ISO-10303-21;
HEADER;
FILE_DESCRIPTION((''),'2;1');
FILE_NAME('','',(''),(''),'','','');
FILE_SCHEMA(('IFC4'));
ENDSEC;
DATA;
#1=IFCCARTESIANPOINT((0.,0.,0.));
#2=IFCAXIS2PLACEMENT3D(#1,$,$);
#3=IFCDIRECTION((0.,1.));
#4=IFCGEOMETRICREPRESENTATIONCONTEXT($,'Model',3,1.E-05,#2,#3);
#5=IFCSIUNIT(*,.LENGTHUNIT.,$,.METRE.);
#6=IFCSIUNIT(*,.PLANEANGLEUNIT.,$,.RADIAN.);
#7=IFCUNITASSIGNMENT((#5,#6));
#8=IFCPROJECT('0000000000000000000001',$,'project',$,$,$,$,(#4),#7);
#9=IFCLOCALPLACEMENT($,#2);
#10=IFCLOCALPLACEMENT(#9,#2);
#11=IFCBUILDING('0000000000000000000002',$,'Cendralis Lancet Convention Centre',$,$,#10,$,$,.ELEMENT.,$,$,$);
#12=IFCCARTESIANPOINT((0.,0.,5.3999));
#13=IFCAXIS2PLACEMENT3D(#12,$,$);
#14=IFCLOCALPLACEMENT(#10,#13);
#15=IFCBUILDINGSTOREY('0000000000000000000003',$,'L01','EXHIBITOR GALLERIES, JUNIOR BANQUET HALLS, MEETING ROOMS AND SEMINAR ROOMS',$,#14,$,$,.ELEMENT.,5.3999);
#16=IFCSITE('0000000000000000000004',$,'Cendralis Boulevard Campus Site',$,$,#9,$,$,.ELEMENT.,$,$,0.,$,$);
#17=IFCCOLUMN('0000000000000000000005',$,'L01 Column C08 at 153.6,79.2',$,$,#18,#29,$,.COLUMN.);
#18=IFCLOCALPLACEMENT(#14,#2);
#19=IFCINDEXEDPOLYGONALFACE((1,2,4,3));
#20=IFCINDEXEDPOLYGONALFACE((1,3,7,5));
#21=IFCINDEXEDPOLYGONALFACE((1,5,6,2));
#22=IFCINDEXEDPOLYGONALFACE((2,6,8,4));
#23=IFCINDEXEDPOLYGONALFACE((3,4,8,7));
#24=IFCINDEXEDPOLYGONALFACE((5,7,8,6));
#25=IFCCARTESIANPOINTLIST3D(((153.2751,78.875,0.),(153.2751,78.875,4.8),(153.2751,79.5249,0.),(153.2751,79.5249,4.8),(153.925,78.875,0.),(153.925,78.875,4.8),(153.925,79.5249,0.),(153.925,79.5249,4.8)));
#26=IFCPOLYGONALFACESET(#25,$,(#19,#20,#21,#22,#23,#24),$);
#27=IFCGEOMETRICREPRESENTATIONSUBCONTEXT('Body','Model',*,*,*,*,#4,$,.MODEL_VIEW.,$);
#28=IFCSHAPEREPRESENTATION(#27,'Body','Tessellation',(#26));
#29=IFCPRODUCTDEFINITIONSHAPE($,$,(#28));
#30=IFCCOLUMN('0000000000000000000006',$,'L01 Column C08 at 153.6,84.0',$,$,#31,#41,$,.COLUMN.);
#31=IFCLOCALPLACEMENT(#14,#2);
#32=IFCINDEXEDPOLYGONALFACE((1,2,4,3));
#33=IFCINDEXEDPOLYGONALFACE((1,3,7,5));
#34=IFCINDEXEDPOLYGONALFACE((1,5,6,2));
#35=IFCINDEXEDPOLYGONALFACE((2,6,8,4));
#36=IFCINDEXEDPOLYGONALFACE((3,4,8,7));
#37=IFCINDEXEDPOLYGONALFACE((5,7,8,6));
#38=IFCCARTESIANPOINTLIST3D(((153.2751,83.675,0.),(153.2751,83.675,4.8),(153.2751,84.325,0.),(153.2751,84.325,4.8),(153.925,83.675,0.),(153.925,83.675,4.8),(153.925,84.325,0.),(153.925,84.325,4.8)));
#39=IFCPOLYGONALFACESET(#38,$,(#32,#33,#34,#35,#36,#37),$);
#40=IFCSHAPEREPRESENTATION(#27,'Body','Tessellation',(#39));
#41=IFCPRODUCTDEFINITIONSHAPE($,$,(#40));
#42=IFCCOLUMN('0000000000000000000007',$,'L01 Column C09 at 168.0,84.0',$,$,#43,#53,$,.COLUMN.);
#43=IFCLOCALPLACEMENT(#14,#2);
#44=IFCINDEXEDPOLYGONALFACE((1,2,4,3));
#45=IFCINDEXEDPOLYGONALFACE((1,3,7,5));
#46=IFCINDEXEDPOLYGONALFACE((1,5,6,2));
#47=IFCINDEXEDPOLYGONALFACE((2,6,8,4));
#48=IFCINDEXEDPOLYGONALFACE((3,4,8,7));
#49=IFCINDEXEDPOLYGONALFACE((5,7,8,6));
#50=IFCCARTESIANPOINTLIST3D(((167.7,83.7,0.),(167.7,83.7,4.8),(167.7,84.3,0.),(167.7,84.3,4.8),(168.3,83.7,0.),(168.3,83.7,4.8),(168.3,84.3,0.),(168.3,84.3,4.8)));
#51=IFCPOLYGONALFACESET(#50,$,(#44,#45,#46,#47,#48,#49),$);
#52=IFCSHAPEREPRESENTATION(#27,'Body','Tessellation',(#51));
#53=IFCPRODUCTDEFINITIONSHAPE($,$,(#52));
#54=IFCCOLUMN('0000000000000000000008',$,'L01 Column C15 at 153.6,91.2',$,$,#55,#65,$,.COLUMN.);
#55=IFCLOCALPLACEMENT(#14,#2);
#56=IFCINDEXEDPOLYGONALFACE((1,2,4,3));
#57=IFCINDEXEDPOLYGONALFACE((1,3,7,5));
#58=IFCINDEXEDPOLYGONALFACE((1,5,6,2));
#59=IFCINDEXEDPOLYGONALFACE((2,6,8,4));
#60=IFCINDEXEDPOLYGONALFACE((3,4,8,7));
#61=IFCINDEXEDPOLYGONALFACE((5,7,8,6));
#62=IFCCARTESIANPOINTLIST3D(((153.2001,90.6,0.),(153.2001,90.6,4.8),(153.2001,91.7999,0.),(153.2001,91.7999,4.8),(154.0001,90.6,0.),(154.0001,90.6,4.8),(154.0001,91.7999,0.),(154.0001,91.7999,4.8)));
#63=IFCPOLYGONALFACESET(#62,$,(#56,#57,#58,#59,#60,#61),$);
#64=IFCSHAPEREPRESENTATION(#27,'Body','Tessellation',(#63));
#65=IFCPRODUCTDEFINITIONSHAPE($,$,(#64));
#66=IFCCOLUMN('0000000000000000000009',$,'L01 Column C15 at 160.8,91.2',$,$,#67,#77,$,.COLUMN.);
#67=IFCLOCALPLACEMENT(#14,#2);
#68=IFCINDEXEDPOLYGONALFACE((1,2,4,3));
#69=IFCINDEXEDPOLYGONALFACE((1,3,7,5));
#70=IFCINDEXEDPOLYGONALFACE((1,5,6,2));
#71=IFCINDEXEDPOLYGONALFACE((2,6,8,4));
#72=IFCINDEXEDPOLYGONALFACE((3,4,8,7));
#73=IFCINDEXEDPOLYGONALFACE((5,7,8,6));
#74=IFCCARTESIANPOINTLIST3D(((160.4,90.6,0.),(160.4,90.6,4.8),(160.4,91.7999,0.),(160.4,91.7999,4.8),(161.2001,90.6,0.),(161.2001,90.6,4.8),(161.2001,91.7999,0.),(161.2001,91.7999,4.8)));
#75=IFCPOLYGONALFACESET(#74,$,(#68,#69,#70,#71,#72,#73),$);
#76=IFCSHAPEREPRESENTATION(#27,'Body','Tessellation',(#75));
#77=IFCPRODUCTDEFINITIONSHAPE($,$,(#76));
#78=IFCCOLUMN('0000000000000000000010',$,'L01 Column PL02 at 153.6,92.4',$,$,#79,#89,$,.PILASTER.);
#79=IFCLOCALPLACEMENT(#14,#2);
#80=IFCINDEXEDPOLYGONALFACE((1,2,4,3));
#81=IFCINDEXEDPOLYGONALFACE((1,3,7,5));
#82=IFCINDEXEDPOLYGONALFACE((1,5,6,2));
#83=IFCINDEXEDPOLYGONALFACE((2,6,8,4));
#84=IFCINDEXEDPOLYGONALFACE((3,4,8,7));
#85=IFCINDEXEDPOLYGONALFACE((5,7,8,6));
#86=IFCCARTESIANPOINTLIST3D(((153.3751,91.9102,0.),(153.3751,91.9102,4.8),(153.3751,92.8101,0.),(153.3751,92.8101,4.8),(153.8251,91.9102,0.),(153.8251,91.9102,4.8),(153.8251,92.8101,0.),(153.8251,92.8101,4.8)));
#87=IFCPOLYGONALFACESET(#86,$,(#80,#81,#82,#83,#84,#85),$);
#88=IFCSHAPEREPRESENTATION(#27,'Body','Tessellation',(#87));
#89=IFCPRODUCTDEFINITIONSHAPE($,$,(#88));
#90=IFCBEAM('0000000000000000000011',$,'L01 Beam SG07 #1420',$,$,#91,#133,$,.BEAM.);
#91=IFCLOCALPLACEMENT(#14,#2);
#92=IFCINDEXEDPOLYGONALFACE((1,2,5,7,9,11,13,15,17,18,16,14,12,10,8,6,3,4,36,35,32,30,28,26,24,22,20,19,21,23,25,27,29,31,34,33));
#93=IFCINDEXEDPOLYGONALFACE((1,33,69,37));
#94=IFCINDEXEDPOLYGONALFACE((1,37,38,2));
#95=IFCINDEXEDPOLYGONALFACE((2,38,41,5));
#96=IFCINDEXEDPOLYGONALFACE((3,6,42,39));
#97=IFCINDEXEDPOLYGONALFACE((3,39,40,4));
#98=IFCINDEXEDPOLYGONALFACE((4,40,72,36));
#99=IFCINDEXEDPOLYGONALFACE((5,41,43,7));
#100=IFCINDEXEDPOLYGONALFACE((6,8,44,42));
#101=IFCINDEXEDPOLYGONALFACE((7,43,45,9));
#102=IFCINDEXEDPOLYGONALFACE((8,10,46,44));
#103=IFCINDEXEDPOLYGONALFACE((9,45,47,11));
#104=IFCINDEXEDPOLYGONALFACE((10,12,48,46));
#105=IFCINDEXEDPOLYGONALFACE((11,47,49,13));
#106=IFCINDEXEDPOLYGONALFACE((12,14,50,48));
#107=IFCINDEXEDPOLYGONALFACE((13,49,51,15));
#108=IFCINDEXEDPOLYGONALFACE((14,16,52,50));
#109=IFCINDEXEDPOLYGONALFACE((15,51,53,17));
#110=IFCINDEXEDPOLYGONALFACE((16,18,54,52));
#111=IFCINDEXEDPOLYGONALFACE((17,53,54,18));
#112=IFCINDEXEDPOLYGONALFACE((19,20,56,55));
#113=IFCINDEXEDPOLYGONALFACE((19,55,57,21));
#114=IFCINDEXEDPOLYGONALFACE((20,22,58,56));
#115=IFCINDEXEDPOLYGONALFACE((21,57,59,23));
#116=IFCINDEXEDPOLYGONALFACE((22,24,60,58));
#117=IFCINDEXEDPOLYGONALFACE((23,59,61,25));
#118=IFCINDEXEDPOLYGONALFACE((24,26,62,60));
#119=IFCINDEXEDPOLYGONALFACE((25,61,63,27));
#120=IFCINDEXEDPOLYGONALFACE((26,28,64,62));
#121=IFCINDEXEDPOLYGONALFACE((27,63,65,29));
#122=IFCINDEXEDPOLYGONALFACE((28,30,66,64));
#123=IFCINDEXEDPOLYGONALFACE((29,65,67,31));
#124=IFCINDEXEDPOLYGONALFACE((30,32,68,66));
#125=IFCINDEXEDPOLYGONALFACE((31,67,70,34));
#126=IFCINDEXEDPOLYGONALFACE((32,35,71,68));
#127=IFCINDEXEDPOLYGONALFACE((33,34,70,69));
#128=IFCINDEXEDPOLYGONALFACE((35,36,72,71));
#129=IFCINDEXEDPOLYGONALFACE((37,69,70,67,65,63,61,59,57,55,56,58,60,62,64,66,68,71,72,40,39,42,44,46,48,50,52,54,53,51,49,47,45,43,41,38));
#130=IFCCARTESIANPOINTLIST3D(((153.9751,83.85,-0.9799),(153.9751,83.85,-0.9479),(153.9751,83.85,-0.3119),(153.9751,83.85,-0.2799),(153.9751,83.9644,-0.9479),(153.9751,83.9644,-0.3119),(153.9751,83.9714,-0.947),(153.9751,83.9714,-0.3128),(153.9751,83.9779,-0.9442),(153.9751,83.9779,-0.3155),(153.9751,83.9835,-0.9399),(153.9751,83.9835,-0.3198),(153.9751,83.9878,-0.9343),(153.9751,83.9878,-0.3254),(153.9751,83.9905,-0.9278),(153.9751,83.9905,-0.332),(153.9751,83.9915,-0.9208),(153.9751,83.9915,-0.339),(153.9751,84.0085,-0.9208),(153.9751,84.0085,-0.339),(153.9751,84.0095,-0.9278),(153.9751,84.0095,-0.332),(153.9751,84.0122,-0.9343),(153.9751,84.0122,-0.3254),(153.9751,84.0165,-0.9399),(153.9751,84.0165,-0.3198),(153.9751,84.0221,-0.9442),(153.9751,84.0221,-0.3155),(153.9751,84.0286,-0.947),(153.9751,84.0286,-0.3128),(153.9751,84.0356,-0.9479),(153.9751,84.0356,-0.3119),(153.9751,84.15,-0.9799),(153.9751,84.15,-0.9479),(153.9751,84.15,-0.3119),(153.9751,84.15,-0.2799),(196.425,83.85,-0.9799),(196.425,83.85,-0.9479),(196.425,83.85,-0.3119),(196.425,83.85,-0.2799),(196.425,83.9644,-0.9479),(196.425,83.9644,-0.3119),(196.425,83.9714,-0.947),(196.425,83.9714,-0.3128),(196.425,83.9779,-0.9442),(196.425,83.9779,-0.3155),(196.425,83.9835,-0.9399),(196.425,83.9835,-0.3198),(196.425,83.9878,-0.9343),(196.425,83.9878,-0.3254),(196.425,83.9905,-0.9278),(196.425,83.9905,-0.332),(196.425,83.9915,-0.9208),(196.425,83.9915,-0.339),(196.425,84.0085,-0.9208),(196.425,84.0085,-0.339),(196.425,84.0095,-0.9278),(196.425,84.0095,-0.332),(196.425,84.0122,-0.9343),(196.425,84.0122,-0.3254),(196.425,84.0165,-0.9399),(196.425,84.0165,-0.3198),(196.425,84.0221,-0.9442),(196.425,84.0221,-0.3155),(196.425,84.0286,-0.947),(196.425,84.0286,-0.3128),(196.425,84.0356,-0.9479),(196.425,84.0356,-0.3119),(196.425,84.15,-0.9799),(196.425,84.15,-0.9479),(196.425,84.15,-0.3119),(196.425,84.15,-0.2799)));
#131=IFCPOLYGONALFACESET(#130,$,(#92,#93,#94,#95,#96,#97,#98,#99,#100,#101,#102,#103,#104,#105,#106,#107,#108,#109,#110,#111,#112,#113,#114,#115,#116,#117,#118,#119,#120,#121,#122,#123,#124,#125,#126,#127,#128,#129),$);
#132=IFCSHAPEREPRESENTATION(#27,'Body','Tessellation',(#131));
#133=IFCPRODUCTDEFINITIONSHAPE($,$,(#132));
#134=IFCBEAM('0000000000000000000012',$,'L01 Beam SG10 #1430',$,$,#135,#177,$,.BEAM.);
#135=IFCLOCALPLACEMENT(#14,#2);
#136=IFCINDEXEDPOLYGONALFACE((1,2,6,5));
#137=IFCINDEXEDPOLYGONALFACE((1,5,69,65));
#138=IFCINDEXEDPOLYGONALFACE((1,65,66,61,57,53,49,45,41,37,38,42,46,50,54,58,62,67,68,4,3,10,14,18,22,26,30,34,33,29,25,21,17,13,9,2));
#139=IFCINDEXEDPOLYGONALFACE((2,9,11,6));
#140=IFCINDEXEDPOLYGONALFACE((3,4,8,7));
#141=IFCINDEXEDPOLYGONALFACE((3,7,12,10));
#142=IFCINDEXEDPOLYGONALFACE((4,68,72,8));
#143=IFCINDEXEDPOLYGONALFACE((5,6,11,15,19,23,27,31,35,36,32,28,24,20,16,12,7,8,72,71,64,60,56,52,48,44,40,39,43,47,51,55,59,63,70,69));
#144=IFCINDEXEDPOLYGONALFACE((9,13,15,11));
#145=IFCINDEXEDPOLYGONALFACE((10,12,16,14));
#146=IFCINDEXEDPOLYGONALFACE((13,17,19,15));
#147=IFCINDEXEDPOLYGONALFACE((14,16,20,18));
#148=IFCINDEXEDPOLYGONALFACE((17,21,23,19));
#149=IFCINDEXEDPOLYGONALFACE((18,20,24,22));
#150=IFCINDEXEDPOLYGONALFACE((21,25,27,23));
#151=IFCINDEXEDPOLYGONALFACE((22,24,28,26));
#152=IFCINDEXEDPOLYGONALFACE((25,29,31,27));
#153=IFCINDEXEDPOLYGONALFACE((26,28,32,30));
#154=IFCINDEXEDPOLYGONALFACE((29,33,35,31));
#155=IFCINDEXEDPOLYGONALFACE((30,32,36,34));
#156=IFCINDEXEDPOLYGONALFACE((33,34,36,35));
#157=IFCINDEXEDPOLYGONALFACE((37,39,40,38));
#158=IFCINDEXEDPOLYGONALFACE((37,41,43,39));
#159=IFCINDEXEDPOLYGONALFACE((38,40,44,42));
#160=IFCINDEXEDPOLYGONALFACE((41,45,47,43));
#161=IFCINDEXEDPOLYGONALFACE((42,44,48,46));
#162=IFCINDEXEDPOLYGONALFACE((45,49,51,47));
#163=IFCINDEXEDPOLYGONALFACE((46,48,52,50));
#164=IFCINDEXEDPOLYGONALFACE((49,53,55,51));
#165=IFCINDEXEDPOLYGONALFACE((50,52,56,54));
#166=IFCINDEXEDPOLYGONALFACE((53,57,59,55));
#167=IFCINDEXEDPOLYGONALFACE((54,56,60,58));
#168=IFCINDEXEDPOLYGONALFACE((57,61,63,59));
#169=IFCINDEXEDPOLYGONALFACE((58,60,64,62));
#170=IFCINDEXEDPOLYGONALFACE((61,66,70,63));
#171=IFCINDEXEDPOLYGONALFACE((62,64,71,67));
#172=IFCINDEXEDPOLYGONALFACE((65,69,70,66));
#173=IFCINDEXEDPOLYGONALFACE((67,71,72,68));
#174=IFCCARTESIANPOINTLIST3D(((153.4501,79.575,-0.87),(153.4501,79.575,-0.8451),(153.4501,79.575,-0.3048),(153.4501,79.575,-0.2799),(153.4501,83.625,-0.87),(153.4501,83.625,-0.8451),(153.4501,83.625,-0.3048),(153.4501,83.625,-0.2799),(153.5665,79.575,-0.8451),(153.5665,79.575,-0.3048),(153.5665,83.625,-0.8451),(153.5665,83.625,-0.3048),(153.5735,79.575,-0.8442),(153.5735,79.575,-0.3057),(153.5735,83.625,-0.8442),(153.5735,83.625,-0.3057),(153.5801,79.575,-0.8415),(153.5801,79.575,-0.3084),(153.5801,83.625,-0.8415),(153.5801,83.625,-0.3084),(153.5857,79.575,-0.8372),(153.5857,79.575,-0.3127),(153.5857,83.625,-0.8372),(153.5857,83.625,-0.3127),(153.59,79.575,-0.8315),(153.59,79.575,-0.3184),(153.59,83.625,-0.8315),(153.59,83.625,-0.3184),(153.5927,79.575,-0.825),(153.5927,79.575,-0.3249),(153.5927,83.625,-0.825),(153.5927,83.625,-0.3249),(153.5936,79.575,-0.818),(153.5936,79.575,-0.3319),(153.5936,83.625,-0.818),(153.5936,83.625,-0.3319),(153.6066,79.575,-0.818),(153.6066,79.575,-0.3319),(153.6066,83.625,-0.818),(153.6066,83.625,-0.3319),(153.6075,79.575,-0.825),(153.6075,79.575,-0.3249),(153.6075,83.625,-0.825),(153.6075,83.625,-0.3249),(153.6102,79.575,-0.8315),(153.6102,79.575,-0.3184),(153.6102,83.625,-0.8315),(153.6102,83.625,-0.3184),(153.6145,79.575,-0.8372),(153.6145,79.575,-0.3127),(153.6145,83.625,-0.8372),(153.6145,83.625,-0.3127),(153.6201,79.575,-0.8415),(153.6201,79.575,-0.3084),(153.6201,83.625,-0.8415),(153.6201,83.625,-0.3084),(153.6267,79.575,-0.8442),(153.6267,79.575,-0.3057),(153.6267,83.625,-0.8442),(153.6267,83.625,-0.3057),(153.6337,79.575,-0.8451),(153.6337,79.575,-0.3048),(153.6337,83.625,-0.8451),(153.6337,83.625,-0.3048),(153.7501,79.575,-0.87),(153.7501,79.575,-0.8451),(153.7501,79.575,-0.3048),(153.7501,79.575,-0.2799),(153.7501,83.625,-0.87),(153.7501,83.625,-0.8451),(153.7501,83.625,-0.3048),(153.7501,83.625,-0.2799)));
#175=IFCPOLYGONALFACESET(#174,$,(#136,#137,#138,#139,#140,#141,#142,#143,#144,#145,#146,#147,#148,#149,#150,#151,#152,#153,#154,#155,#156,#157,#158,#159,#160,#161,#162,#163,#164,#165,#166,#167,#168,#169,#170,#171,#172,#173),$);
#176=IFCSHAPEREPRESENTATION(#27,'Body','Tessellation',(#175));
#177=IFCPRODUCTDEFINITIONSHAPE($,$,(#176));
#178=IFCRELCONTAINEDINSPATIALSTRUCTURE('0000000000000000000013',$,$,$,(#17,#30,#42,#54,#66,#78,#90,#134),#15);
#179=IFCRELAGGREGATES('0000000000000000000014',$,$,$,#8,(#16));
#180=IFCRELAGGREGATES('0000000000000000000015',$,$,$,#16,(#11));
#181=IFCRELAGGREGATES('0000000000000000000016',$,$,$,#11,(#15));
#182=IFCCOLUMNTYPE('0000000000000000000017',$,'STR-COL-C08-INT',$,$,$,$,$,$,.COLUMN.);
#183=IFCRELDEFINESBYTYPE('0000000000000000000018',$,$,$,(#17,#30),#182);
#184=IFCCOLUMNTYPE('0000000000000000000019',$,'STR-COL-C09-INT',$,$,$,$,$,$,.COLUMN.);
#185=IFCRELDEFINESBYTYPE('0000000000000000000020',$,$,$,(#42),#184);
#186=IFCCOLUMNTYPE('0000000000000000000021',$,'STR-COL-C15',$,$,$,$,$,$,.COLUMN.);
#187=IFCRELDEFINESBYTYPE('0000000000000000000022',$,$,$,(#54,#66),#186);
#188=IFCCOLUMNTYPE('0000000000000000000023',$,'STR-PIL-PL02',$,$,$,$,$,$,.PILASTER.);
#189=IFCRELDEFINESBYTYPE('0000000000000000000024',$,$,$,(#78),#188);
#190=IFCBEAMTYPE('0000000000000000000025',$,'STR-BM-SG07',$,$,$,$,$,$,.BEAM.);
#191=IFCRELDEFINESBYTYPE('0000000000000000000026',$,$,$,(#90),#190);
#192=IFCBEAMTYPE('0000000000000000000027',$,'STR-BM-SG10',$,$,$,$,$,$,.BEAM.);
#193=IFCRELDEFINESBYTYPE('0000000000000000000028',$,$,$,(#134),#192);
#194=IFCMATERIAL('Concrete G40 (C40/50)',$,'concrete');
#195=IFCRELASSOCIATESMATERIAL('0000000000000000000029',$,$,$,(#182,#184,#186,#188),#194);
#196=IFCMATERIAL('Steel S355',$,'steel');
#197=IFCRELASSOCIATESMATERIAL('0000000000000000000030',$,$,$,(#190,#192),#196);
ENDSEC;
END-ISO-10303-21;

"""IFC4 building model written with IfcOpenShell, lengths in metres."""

from ifc_helpers import new_model, si_unit, direction, frame, origin, origin_2d, place, context, subcontext, project, spatial, rectangle, i_section, extrude, material, material_profile, profile_set, type_object, element, save


model = new_model("IFC4")

# Units and contexts
model_context = context("Model", 3, precision=1e-05, world=origin(), true_north=direction((0.0, 1.0)))
body_context = subcontext(model_context, "Body", "Model", "MODEL_VIEW")
ifc_project = project(units=[si_unit("LENGTHUNIT", "METRE"), si_unit("PLANEANGLEUNIT", "RADIAN")], contexts=[model_context])

# Site, building, storey
site_placement = place(None, origin())
site = spatial("IfcSite", under=ifc_project, at=site_placement, Name="Cendralis Boulevard Campus Site", CompositionType="ELEMENT", RefElevation=0.0)
building_placement = place(site_placement, origin())
building = spatial("IfcBuilding", under=site, at=building_placement, Name="Cendralis Lancet Convention Centre", CompositionType="ELEMENT")
storey_placement = place(building_placement, frame((0.0, 0.0, 5.3999)))
storey = spatial("IfcBuildingStorey", under=building, at=storey_placement, Name="L01", Description="EXHIBITOR GALLERIES, JUNIOR BANQUET HALLS, MEETING ROOMS AND SEMINAR ROOMS", CompositionType="ELEMENT", Elevation=5.3999)

# Columns
ifc_material_1 = material(Name="Concrete G40 (C40/50)", Category="concrete")
ifc_material_profile_1 = material_profile(ifc_material_1, rectangle(XDim=0.6499, YDim=0.6499, at=origin_2d()), Name="RC 650x650")
ifc_profile_set_1 = profile_set([ifc_material_profile_1], Name="Concrete G40 (C40/50)")
column_type_1 = type_object("IfcColumnType", Name="STR-COL-C08-INT", PredefinedType="COLUMN", material=ifc_profile_set_1)
for number, where, z_axis, x_axis, name in (
    (1, (153.6001, 79.2, 0.0), (0.0, 0.0, 1.0), (1.0, 0.0, 0.0), "L01 Column C08 at 153.6,79.2"),
    (2, (153.6001, 84.0, 0.0), (0.0, 0.0, 1.0), (1.0, 0.0, 0.0), "L01 Column C08 at 153.6,84.0"),
):
    element("IfcColumn", number, at=place(storey_placement, frame(where, z_axis=z_axis, x_axis=x_axis)), inside=storey, type_object=column_type_1, Name=name, PredefinedType="COLUMN", context=body_context, shape_type="SweptSolid", body=[
        extrude(rectangle(XDim=0.6499, YDim=0.6499, at=origin_2d()), origin(), (0.0, 0.0, 1.0), 4.8),
    ])
ifc_material_profile_2 = material_profile(ifc_material_1, rectangle(XDim=0.6001, YDim=0.6001, at=origin_2d()), Name="RC 600x600")
ifc_profile_set_2 = profile_set([ifc_material_profile_2], Name="Concrete G40 (C40/50)")
column_type_2 = type_object("IfcColumnType", Name="STR-COL-C09-INT", PredefinedType="COLUMN", material=ifc_profile_set_2)
column_1_placement = place(storey_placement, frame((168.0, 84.0, 0.0), z_axis=(0.0, 0.0, 1.0), x_axis=(1.0, 0.0, 0.0)))
element("IfcColumn", 3, at=column_1_placement, inside=storey, type_object=column_type_2, Name="L01 Column C09 at 168.0,84.0", PredefinedType="COLUMN", context=body_context, shape_type="SweptSolid", body=[
    extrude(rectangle(XDim=0.6001, YDim=0.6001, at=origin_2d()), origin(), (0.0, 0.0, 1.0), 4.8),
])
ifc_material_profile_3 = material_profile(ifc_material_1, rectangle(XDim=0.8, YDim=1.2, at=origin_2d()), Name="RC 800x1200")
ifc_profile_set_3 = profile_set([ifc_material_profile_3], Name="Concrete G40 (C40/50)")
column_type_3 = type_object("IfcColumnType", Name="STR-COL-C15", PredefinedType="COLUMN", material=ifc_profile_set_3)
for number, where, z_axis, x_axis, name in (
    (4, (153.6001, 91.2, 0.0), (0.0, 0.0, 1.0), (1.0, 0.0, 0.0), "L01 Column C15 at 153.6,91.2"),
    (5, (160.8, 91.2, 0.0), (0.0, 0.0, 1.0), (1.0, 0.0, 0.0), "L01 Column C15 at 160.8,91.2"),
):
    element("IfcColumn", number, at=place(storey_placement, frame(where, z_axis=z_axis, x_axis=x_axis)), inside=storey, type_object=column_type_3, Name=name, PredefinedType="COLUMN", context=body_context, shape_type="SweptSolid", body=[
        extrude(rectangle(XDim=0.8, YDim=1.2, at=origin_2d()), origin(), (0.0, 0.0, 1.0), 4.8),
    ])
ifc_material_profile_4 = material_profile(ifc_material_1, rectangle(XDim=0.45, YDim=0.8999, at=origin_2d()), Name="RC 450x900")
ifc_profile_set_4 = profile_set([ifc_material_profile_4], Name="Concrete G40 (C40/50)")
column_type_4 = type_object("IfcColumnType", Name="STR-PIL-PL02", PredefinedType="PILASTER", material=ifc_profile_set_4)
column_2_placement = place(storey_placement, frame((153.6001, 92.3601, 0.0), z_axis=(0.0, 0.0, 1.0), x_axis=(1.0, 0.0, 0.0)))
element("IfcColumn", 6, at=column_2_placement, inside=storey, type_object=column_type_4, Name="L01 Column PL02 at 153.6,92.4", PredefinedType="PILASTER", context=body_context, shape_type="SweptSolid", body=[
    extrude(rectangle(XDim=0.45, YDim=0.8999, at=origin_2d()), origin(), (0.0, 0.0, 1.0), 4.8),
])

# Beams
ifc_material_2 = material(Name="Steel S355", Category="steel")
ifc_material_profile_5 = material_profile(ifc_material_2, i_section(OverallWidth=0.3, OverallDepth=0.7, WebThickness=0.0171, FlangeThickness=0.032, FilletRadius=0.0271, at=origin_2d()), Name="HEB 700")
ifc_profile_set_5 = profile_set([ifc_material_profile_5], Name="Steel S355")
beam_type_1 = type_object("IfcBeamType", Name="STR-BM-SG07", PredefinedType="BEAM", material=ifc_profile_set_5)
beam_1_placement = place(storey_placement, frame((153.9751, 84.0, -0.6299), z_axis=(1.0, 0.0, 0.0), x_axis=(0.0, 1.0, 0.0)))
element("IfcBeam", 7, at=beam_1_placement, inside=storey, type_object=beam_type_1, Name="L01 Beam SG07 #1420", PredefinedType="BEAM", context=body_context, shape_type="SweptSolid", body=[
    extrude(i_section(OverallWidth=0.3, OverallDepth=0.7, WebThickness=0.0171, FlangeThickness=0.032, FilletRadius=0.0271, at=origin_2d()), origin(), (0.0, 0.0, 1.0), 42.45),
])
ifc_material_profile_6 = material_profile(ifc_material_2, i_section(OverallWidth=0.3, OverallDepth=0.5901, WebThickness=0.0129, FlangeThickness=0.0249, FilletRadius=0.0271, at=origin_2d()), Name="HEA 600")
ifc_profile_set_6 = profile_set([ifc_material_profile_6], Name="Steel S355")
beam_type_2 = type_object("IfcBeamType", Name="STR-BM-SG10", PredefinedType="BEAM", material=ifc_profile_set_6)
beam_2_placement = place(storey_placement, frame((153.6001, 79.575, -0.575), z_axis=(0.0, 1.0, 0.0), x_axis=(-1.0, 0.0, 0.0)))
element("IfcBeam", 8, at=beam_2_placement, inside=storey, type_object=beam_type_2, Name="L01 Beam SG10 #1430", PredefinedType="BEAM", context=body_context, shape_type="SweptSolid", body=[
    extrude(i_section(OverallWidth=0.3, OverallDepth=0.5901, WebThickness=0.0129, FlangeThickness=0.0249, FilletRadius=0.0271, at=origin_2d()), origin(), (0.0, 0.0, 1.0), 4.05),
])

save(model, "model.ifc")
